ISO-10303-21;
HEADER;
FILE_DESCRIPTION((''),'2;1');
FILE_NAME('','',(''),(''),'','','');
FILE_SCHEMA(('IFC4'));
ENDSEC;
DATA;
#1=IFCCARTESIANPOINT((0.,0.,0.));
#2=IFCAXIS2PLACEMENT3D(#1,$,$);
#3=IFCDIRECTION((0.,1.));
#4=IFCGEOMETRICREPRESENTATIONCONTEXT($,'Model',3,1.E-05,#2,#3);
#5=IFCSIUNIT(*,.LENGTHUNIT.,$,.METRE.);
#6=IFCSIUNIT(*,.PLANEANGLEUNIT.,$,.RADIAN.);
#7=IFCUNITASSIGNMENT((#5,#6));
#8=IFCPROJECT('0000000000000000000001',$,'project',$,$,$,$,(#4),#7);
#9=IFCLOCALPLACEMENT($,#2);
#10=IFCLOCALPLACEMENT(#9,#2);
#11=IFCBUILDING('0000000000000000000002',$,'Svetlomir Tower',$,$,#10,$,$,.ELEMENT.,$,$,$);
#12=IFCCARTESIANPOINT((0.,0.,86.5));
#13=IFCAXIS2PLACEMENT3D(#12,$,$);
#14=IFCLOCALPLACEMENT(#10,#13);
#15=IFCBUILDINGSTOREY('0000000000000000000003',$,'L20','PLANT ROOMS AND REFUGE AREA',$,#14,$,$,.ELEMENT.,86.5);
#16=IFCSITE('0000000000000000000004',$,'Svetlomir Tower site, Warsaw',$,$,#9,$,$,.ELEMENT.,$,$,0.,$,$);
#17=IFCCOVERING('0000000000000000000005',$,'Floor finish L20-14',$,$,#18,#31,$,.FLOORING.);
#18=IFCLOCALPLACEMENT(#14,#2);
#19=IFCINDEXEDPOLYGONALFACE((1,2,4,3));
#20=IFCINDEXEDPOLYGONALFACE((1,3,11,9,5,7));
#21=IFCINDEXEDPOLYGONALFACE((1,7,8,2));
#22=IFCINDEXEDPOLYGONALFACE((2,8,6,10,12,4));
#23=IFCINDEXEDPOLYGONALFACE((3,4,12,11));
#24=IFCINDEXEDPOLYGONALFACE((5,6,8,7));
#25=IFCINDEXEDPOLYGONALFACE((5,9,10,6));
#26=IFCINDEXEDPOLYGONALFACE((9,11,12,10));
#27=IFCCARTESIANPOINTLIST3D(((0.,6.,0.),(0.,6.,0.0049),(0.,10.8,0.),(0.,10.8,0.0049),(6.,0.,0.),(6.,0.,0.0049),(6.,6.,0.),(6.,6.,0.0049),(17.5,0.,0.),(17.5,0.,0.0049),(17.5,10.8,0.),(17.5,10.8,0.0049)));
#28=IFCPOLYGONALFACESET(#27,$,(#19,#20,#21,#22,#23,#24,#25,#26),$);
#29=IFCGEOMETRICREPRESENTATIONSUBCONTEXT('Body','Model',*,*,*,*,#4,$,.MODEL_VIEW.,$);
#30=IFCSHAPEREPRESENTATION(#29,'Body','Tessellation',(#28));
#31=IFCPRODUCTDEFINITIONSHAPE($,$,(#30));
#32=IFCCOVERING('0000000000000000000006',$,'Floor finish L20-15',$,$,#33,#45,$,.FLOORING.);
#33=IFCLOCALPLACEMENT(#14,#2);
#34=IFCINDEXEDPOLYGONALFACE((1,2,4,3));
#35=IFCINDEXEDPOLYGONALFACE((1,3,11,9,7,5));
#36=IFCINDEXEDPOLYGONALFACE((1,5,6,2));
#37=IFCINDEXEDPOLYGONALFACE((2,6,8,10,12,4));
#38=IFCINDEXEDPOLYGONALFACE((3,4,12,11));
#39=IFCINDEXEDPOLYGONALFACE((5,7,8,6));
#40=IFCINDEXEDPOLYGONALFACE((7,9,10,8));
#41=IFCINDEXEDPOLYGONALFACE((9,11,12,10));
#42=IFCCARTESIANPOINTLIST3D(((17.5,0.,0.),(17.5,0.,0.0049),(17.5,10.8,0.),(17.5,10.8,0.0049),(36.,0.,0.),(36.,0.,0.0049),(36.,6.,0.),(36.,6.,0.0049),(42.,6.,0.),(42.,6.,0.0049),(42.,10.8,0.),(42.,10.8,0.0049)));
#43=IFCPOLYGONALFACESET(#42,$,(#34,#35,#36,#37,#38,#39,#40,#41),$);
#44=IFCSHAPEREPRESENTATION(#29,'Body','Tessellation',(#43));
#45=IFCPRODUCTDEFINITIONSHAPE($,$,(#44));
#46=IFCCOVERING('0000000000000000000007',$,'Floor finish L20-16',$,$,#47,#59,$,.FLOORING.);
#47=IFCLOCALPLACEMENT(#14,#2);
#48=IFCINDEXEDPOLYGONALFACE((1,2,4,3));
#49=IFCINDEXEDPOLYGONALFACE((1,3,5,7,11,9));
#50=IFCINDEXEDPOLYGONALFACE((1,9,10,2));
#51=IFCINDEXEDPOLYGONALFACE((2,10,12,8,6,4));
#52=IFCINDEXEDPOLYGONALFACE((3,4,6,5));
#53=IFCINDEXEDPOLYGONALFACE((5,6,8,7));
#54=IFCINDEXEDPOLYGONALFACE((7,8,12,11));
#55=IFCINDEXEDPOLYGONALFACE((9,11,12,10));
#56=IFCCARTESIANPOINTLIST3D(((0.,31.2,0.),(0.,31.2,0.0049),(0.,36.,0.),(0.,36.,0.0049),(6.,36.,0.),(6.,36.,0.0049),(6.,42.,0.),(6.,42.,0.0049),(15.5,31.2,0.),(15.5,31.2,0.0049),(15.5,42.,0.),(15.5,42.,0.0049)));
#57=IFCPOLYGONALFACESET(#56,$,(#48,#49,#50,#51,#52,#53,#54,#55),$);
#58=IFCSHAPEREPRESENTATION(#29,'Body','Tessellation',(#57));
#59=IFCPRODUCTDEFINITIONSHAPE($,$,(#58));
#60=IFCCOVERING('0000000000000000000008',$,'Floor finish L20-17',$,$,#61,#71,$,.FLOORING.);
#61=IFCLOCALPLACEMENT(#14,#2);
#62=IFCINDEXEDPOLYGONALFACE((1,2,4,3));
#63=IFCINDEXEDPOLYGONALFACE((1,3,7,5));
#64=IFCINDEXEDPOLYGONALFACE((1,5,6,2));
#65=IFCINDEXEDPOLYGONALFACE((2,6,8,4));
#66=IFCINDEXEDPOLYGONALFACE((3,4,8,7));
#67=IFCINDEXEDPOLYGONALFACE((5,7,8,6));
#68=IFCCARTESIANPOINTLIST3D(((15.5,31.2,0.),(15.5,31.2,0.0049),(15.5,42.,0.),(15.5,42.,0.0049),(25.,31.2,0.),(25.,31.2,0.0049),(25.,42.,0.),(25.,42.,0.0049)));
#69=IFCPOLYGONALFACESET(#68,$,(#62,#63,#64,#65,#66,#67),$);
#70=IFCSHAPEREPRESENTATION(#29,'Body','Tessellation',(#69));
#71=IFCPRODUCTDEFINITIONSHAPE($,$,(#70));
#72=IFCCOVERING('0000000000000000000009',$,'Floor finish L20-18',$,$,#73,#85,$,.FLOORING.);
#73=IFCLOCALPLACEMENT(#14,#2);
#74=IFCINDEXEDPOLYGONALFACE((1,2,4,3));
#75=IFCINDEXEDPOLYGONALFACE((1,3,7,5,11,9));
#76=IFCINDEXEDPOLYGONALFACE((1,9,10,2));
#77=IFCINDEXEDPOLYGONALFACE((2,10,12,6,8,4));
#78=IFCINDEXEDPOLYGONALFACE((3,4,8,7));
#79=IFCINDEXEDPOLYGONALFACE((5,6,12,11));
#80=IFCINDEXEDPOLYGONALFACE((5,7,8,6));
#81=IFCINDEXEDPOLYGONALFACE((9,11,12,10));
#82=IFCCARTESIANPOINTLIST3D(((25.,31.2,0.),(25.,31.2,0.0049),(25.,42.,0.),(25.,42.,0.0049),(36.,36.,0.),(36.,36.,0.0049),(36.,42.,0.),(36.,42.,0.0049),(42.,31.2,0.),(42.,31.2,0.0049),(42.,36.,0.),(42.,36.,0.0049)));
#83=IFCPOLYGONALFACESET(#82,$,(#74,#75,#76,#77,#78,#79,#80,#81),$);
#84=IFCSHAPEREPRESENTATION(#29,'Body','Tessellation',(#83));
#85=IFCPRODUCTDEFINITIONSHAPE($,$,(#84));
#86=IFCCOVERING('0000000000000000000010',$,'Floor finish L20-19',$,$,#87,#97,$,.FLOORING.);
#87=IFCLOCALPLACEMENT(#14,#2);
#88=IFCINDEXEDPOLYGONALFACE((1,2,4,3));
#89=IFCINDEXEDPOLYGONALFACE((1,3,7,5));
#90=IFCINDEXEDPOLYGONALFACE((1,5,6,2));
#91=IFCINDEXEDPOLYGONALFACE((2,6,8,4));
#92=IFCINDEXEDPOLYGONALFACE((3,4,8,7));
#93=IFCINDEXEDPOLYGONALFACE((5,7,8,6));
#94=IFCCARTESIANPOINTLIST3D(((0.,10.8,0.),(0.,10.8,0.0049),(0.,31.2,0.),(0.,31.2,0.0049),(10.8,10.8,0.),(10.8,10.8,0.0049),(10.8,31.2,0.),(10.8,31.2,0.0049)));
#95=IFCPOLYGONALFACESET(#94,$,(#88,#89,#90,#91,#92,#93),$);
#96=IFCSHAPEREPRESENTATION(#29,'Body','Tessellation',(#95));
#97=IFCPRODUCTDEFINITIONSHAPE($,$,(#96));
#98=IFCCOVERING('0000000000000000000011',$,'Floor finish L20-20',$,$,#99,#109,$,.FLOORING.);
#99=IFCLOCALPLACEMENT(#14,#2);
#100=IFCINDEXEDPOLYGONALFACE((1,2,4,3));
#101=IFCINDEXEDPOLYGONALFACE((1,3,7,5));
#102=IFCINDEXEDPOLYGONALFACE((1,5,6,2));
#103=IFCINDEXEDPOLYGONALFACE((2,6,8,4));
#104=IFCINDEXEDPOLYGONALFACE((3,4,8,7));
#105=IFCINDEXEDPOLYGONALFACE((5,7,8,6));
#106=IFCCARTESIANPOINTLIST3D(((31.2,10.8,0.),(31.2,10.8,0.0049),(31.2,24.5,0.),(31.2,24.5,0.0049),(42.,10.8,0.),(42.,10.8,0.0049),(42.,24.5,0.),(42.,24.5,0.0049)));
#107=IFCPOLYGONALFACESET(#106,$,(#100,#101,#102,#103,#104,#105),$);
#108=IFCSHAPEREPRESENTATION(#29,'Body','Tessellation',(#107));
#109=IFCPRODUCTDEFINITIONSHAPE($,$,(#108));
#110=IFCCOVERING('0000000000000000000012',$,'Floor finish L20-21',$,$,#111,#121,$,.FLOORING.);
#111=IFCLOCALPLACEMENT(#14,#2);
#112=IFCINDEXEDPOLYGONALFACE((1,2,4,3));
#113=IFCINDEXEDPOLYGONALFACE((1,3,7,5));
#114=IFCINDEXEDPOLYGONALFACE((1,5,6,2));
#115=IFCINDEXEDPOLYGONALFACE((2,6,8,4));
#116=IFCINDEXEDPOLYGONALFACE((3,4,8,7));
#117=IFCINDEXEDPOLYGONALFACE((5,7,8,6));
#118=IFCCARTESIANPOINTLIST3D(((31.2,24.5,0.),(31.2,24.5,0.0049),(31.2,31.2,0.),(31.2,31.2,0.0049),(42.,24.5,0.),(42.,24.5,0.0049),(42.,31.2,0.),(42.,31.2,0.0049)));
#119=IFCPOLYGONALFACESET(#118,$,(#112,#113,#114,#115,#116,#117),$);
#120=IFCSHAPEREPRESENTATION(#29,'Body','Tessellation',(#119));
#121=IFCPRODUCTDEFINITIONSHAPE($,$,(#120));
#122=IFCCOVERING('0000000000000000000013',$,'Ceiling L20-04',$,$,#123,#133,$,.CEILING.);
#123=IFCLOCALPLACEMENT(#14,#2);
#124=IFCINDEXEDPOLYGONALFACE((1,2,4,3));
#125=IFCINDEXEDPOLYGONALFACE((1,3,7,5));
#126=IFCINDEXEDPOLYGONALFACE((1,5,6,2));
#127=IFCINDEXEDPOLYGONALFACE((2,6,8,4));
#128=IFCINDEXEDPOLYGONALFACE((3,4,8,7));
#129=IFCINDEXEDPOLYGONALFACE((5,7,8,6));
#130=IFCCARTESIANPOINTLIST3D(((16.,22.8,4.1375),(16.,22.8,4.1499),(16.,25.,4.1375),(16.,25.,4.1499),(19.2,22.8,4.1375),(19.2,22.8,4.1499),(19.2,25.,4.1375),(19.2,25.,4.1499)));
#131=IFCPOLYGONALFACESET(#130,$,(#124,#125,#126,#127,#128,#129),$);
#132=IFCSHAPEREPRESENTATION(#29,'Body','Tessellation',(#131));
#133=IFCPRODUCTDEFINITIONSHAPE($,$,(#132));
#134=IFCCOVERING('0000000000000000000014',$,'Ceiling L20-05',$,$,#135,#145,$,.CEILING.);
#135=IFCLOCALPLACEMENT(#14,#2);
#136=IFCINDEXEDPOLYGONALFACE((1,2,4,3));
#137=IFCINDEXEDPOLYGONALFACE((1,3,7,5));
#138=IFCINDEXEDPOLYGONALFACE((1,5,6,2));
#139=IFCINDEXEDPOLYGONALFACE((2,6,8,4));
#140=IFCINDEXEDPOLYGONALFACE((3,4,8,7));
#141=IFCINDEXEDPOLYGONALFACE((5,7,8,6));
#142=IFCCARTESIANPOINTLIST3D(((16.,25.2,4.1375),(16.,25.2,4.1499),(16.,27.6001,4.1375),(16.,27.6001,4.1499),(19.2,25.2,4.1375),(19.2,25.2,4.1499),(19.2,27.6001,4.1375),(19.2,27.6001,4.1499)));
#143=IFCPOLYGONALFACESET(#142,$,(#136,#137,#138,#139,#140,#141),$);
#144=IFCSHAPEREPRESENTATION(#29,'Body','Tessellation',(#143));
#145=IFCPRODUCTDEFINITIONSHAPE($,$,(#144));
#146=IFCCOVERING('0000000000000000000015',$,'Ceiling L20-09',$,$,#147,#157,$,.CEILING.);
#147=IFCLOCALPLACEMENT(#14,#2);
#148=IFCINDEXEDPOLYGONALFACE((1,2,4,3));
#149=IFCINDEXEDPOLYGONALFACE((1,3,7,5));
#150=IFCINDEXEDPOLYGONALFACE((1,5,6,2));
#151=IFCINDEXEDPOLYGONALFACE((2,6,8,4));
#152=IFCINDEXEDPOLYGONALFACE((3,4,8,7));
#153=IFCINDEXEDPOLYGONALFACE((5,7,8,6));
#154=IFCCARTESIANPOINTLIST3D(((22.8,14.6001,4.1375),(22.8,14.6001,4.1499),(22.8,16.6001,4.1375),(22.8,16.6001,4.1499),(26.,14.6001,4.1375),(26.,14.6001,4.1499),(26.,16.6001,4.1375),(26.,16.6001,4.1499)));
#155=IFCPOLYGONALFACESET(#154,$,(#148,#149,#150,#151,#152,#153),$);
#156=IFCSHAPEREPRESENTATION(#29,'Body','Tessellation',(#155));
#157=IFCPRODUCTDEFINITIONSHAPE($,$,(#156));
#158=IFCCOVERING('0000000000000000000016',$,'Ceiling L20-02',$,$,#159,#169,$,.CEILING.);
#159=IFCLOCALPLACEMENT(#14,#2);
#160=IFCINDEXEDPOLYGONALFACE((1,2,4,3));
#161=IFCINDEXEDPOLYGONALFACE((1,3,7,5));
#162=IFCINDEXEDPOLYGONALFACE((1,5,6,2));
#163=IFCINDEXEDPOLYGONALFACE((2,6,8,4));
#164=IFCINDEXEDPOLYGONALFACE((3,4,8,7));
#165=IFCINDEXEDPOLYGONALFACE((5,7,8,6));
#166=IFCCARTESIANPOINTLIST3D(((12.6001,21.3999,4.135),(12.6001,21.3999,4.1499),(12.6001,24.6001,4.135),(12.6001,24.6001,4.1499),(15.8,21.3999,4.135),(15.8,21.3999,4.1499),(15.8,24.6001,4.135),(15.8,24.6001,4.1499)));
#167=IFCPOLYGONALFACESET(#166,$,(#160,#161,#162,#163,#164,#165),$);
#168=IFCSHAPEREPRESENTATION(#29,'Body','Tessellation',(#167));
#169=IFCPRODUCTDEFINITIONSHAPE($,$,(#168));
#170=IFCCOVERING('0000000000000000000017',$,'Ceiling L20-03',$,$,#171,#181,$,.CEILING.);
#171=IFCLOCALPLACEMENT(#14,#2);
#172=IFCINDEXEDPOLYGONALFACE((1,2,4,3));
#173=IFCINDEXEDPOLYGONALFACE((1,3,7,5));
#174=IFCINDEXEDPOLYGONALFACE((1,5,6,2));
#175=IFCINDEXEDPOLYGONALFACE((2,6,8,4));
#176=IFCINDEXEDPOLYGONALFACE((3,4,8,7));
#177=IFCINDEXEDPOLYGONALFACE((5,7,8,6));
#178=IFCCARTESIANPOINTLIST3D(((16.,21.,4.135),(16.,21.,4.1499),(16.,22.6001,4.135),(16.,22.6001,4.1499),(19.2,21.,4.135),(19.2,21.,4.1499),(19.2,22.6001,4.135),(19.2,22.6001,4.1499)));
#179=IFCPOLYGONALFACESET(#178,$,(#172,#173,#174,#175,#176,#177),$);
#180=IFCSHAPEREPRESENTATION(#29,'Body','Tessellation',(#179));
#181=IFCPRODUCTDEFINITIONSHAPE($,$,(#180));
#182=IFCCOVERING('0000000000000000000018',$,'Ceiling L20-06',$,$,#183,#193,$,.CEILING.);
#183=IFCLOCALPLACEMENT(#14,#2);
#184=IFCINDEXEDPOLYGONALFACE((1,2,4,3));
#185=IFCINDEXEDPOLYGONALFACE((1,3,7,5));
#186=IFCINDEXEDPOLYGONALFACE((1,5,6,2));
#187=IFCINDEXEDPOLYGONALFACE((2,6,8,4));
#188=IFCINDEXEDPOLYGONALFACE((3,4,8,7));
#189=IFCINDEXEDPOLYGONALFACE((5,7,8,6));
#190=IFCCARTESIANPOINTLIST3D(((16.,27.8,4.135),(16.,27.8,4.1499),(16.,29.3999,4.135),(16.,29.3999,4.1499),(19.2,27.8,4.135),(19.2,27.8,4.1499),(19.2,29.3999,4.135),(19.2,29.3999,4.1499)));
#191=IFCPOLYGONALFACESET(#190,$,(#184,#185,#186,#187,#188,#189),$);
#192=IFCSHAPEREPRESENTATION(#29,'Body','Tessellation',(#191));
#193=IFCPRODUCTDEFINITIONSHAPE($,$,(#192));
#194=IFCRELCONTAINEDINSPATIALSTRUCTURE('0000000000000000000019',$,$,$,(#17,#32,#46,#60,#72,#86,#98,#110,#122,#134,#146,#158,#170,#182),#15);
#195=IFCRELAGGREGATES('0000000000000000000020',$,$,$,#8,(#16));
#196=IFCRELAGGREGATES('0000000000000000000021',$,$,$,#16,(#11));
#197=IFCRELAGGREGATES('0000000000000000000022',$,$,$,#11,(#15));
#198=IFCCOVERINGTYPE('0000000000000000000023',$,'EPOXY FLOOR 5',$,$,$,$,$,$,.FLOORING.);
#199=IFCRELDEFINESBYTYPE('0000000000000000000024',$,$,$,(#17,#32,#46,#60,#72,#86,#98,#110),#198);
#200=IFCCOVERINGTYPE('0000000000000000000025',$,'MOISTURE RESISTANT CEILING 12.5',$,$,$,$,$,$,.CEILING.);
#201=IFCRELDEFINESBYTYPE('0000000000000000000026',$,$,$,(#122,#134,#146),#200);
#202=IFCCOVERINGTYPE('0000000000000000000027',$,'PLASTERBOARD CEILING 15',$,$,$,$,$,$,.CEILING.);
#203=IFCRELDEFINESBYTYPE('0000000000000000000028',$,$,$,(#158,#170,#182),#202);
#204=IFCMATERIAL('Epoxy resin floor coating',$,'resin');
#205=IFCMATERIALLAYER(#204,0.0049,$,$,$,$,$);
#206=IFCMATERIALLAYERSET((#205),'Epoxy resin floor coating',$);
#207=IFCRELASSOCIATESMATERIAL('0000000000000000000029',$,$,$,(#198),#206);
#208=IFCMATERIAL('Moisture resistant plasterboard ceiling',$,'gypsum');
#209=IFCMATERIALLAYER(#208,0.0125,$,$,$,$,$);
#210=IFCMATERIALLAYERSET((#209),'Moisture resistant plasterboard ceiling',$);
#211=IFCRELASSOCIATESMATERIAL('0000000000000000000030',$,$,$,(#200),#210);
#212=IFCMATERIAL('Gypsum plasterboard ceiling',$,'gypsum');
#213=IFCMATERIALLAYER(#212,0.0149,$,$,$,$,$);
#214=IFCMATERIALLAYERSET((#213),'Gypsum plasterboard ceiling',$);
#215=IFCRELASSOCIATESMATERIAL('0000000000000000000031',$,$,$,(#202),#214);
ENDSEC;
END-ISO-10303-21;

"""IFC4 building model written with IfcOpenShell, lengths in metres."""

from ifc_helpers import new_model, si_unit, direction, frame, origin, place, context, subcontext, project, spatial, polyline, outline, extrude, material, layer, layer_set, type_object, element, save


model = new_model("IFC4")

# Units and contexts
model_context = context("Model", 3, precision=1e-05, world=origin(), true_north=direction((0.0, 1.0)))
body_context = subcontext(model_context, "Body", "Model", "MODEL_VIEW")
ifc_project = project(units=[si_unit("LENGTHUNIT", "METRE"), si_unit("PLANEANGLEUNIT", "RADIAN")], contexts=[model_context])

# Site, building, storey
site_placement = place(None, origin())
site = spatial("IfcSite", under=ifc_project, at=site_placement, Name="Svetlomir Tower site, Warsaw", CompositionType="ELEMENT", RefElevation=0.0)
building_placement = place(site_placement, origin())
building = spatial("IfcBuilding", under=site, at=building_placement, Name="Svetlomir Tower", CompositionType="ELEMENT")
storey_placement = place(building_placement, frame((0.0, 0.0, 86.5)))
storey = spatial("IfcBuildingStorey", under=building, at=storey_placement, Name="L20", Description="PLANT ROOMS AND REFUGE AREA", CompositionType="ELEMENT", Elevation=86.5)

# Coverings
ifc_material_1 = material(Name="Epoxy resin floor coating", Category="resin")
ifc_layer_1 = layer(ifc_material_1, 0.0049)
ifc_layer_set_1 = layer_set([ifc_layer_1], Name="Epoxy resin floor coating")
covering_type_1 = type_object("IfcCoveringType", Name="EPOXY FLOOR 5", PredefinedType="FLOORING", material=ifc_layer_set_1)
covering_1_placement = place(storey_placement, origin())
element("IfcCovering", 1, at=covering_1_placement, inside=storey, type_object=covering_type_1, Name="Floor finish L20-14", PredefinedType="FLOORING", context=body_context, shape_type="SweptSolid", body=[
    extrude(outline(polyline([(6.0, 0.0), (6.0, 6.0), (0.0, 6.0), (0.0, 10.8), (17.5, 10.8), (17.5, 0.0), (6.0, 0.0)])), origin(), (0.0, 0.0, 1.0), 0.0049),
])
covering_2_placement = place(storey_placement, origin())
element("IfcCovering", 2, at=covering_2_placement, inside=storey, type_object=covering_type_1, Name="Floor finish L20-15", PredefinedType="FLOORING", context=body_context, shape_type="SweptSolid", body=[
    extrude(outline(polyline([(36.0, 0.0), (17.5, 0.0), (17.5, 10.8), (42.0, 10.8), (42.0, 6.0), (36.0, 6.0), (36.0, 0.0)])), origin(), (0.0, 0.0, 1.0), 0.0049),
])
covering_3_placement = place(storey_placement, origin())
element("IfcCovering", 3, at=covering_3_placement, inside=storey, type_object=covering_type_1, Name="Floor finish L20-16", PredefinedType="FLOORING", context=body_context, shape_type="SweptSolid", body=[
    extrude(outline(polyline([(6.0, 42.0), (15.5, 42.0), (15.5, 31.2), (0.0, 31.2), (0.0, 36.0), (6.0, 36.0), (6.0, 42.0)])), origin(), (0.0, 0.0, 1.0), 0.0049),
])
covering_4_placement = place(storey_placement, origin())
element("IfcCovering", 4, at=covering_4_placement, inside=storey, type_object=covering_type_1, Name="Floor finish L20-17", PredefinedType="FLOORING", context=body_context, shape_type="SweptSolid", body=[
    extrude(outline(polyline([(25.0, 42.0), (25.0, 31.2), (15.5, 31.2), (15.5, 42.0), (25.0, 42.0)])), origin(), (0.0, 0.0, 1.0), 0.0049),
])
covering_5_placement = place(storey_placement, origin())
element("IfcCovering", 5, at=covering_5_placement, inside=storey, type_object=covering_type_1, Name="Floor finish L20-18", PredefinedType="FLOORING", context=body_context, shape_type="SweptSolid", body=[
    extrude(outline(polyline([(36.0, 42.0), (36.0, 36.0), (42.0, 36.0), (42.0, 31.2), (25.0, 31.2), (25.0, 42.0), (36.0, 42.0)])), origin(), (0.0, 0.0, 1.0), 0.0049),
])
covering_6_placement = place(storey_placement, origin())
element("IfcCovering", 6, at=covering_6_placement, inside=storey, type_object=covering_type_1, Name="Floor finish L20-19", PredefinedType="FLOORING", context=body_context, shape_type="SweptSolid", body=[
    extrude(outline(polyline([(10.8, 31.2), (10.8, 10.8), (0.0, 10.8), (0.0, 31.2), (10.8, 31.2)])), origin(), (0.0, 0.0, 1.0), 0.0049),
])
covering_7_placement = place(storey_placement, origin())
element("IfcCovering", 7, at=covering_7_placement, inside=storey, type_object=covering_type_1, Name="Floor finish L20-20", PredefinedType="FLOORING", context=body_context, shape_type="SweptSolid", body=[
    extrude(outline(polyline([(31.2, 24.5), (42.0, 24.5), (42.0, 10.8), (31.2, 10.8), (31.2, 24.5)])), origin(), (0.0, 0.0, 1.0), 0.0049),
])
covering_8_placement = place(storey_placement, origin())
element("IfcCovering", 8, at=covering_8_placement, inside=storey, type_object=covering_type_1, Name="Floor finish L20-21", PredefinedType="FLOORING", context=body_context, shape_type="SweptSolid", body=[
    extrude(outline(polyline([(31.2, 31.2), (42.0, 31.2), (42.0, 24.5), (31.2, 24.5), (31.2, 31.2)])), origin(), (0.0, 0.0, 1.0), 0.0049),
])
ifc_material_2 = material(Name="Moisture resistant plasterboard ceiling", Category="gypsum")
ifc_layer_2 = layer(ifc_material_2, 0.0125)
ifc_layer_set_2 = layer_set([ifc_layer_2], Name="Moisture resistant plasterboard ceiling")
covering_type_2 = type_object("IfcCoveringType", Name="MOISTURE RESISTANT CEILING 12.5", PredefinedType="CEILING", material=ifc_layer_set_2)
covering_9_placement = place(storey_placement, frame((0.0, 0.0, 4.1375)))
element("IfcCovering", 9, at=covering_9_placement, inside=storey, type_object=covering_type_2, Name="Ceiling L20-04", PredefinedType="CEILING", context=body_context, shape_type="SweptSolid", body=[
    extrude(outline(polyline([(16.0, 22.8), (19.2, 22.8), (19.2, 25.0), (16.0, 25.0), (16.0, 22.8)])), origin(), (0.0, 0.0, 1.0), 0.0125),
])
covering_10_placement = place(storey_placement, frame((0.0, 0.0, 4.1375)))
element("IfcCovering", 10, at=covering_10_placement, inside=storey, type_object=covering_type_2, Name="Ceiling L20-05", PredefinedType="CEILING", context=body_context, shape_type="SweptSolid", body=[
    extrude(outline(polyline([(16.0, 25.2), (19.2, 25.2), (19.2, 27.6001), (16.0, 27.6001), (16.0, 25.2)])), origin(), (0.0, 0.0, 1.0), 0.0125),
])
covering_11_placement = place(storey_placement, frame((0.0, 0.0, 4.1375)))
element("IfcCovering", 11, at=covering_11_placement, inside=storey, type_object=covering_type_2, Name="Ceiling L20-09", PredefinedType="CEILING", context=body_context, shape_type="SweptSolid", body=[
    extrude(outline(polyline([(22.8, 14.6001), (26.0, 14.6001), (26.0, 16.6001), (22.8, 16.6001), (22.8, 14.6001)])), origin(), (0.0, 0.0, 1.0), 0.0125),
])
ifc_material_3 = material(Name="Gypsum plasterboard ceiling", Category="gypsum")
ifc_layer_3 = layer(ifc_material_3, 0.0149)
ifc_layer_set_3 = layer_set([ifc_layer_3], Name="Gypsum plasterboard ceiling")
covering_type_3 = type_object("IfcCoveringType", Name="PLASTERBOARD CEILING 15", PredefinedType="CEILING", material=ifc_layer_set_3)
covering_12_placement = place(storey_placement, frame((0.0, 0.0, 4.135)))
element("IfcCovering", 12, at=covering_12_placement, inside=storey, type_object=covering_type_3, Name="Ceiling L20-02", PredefinedType="CEILING", context=body_context, shape_type="SweptSolid", body=[
    extrude(outline(polyline([(12.6001, 21.3999), (15.8, 21.3999), (15.8, 24.6001), (12.6001, 24.6001), (12.6001, 21.3999)])), origin(), (0.0, 0.0, 1.0), 0.0149),
])
covering_13_placement = place(storey_placement, frame((0.0, 0.0, 4.135)))
element("IfcCovering", 13, at=covering_13_placement, inside=storey, type_object=covering_type_3, Name="Ceiling L20-03", PredefinedType="CEILING", context=body_context, shape_type="SweptSolid", body=[
    extrude(outline(polyline([(16.0, 21.0), (19.2, 21.0), (19.2, 22.6001), (16.0, 22.6001), (16.0, 21.0)])), origin(), (0.0, 0.0, 1.0), 0.0149),
])
covering_14_placement = place(storey_placement, frame((0.0, 0.0, 4.135)))
element("IfcCovering", 14, at=covering_14_placement, inside=storey, type_object=covering_type_3, Name="Ceiling L20-06", PredefinedType="CEILING", context=body_context, shape_type="SweptSolid", body=[
    extrude(outline(polyline([(16.0, 27.8), (19.2, 27.8), (19.2, 29.3999), (16.0, 29.3999), (16.0, 27.8)])), origin(), (0.0, 0.0, 1.0), 0.0149),
])

save(model, "model.ifc")
